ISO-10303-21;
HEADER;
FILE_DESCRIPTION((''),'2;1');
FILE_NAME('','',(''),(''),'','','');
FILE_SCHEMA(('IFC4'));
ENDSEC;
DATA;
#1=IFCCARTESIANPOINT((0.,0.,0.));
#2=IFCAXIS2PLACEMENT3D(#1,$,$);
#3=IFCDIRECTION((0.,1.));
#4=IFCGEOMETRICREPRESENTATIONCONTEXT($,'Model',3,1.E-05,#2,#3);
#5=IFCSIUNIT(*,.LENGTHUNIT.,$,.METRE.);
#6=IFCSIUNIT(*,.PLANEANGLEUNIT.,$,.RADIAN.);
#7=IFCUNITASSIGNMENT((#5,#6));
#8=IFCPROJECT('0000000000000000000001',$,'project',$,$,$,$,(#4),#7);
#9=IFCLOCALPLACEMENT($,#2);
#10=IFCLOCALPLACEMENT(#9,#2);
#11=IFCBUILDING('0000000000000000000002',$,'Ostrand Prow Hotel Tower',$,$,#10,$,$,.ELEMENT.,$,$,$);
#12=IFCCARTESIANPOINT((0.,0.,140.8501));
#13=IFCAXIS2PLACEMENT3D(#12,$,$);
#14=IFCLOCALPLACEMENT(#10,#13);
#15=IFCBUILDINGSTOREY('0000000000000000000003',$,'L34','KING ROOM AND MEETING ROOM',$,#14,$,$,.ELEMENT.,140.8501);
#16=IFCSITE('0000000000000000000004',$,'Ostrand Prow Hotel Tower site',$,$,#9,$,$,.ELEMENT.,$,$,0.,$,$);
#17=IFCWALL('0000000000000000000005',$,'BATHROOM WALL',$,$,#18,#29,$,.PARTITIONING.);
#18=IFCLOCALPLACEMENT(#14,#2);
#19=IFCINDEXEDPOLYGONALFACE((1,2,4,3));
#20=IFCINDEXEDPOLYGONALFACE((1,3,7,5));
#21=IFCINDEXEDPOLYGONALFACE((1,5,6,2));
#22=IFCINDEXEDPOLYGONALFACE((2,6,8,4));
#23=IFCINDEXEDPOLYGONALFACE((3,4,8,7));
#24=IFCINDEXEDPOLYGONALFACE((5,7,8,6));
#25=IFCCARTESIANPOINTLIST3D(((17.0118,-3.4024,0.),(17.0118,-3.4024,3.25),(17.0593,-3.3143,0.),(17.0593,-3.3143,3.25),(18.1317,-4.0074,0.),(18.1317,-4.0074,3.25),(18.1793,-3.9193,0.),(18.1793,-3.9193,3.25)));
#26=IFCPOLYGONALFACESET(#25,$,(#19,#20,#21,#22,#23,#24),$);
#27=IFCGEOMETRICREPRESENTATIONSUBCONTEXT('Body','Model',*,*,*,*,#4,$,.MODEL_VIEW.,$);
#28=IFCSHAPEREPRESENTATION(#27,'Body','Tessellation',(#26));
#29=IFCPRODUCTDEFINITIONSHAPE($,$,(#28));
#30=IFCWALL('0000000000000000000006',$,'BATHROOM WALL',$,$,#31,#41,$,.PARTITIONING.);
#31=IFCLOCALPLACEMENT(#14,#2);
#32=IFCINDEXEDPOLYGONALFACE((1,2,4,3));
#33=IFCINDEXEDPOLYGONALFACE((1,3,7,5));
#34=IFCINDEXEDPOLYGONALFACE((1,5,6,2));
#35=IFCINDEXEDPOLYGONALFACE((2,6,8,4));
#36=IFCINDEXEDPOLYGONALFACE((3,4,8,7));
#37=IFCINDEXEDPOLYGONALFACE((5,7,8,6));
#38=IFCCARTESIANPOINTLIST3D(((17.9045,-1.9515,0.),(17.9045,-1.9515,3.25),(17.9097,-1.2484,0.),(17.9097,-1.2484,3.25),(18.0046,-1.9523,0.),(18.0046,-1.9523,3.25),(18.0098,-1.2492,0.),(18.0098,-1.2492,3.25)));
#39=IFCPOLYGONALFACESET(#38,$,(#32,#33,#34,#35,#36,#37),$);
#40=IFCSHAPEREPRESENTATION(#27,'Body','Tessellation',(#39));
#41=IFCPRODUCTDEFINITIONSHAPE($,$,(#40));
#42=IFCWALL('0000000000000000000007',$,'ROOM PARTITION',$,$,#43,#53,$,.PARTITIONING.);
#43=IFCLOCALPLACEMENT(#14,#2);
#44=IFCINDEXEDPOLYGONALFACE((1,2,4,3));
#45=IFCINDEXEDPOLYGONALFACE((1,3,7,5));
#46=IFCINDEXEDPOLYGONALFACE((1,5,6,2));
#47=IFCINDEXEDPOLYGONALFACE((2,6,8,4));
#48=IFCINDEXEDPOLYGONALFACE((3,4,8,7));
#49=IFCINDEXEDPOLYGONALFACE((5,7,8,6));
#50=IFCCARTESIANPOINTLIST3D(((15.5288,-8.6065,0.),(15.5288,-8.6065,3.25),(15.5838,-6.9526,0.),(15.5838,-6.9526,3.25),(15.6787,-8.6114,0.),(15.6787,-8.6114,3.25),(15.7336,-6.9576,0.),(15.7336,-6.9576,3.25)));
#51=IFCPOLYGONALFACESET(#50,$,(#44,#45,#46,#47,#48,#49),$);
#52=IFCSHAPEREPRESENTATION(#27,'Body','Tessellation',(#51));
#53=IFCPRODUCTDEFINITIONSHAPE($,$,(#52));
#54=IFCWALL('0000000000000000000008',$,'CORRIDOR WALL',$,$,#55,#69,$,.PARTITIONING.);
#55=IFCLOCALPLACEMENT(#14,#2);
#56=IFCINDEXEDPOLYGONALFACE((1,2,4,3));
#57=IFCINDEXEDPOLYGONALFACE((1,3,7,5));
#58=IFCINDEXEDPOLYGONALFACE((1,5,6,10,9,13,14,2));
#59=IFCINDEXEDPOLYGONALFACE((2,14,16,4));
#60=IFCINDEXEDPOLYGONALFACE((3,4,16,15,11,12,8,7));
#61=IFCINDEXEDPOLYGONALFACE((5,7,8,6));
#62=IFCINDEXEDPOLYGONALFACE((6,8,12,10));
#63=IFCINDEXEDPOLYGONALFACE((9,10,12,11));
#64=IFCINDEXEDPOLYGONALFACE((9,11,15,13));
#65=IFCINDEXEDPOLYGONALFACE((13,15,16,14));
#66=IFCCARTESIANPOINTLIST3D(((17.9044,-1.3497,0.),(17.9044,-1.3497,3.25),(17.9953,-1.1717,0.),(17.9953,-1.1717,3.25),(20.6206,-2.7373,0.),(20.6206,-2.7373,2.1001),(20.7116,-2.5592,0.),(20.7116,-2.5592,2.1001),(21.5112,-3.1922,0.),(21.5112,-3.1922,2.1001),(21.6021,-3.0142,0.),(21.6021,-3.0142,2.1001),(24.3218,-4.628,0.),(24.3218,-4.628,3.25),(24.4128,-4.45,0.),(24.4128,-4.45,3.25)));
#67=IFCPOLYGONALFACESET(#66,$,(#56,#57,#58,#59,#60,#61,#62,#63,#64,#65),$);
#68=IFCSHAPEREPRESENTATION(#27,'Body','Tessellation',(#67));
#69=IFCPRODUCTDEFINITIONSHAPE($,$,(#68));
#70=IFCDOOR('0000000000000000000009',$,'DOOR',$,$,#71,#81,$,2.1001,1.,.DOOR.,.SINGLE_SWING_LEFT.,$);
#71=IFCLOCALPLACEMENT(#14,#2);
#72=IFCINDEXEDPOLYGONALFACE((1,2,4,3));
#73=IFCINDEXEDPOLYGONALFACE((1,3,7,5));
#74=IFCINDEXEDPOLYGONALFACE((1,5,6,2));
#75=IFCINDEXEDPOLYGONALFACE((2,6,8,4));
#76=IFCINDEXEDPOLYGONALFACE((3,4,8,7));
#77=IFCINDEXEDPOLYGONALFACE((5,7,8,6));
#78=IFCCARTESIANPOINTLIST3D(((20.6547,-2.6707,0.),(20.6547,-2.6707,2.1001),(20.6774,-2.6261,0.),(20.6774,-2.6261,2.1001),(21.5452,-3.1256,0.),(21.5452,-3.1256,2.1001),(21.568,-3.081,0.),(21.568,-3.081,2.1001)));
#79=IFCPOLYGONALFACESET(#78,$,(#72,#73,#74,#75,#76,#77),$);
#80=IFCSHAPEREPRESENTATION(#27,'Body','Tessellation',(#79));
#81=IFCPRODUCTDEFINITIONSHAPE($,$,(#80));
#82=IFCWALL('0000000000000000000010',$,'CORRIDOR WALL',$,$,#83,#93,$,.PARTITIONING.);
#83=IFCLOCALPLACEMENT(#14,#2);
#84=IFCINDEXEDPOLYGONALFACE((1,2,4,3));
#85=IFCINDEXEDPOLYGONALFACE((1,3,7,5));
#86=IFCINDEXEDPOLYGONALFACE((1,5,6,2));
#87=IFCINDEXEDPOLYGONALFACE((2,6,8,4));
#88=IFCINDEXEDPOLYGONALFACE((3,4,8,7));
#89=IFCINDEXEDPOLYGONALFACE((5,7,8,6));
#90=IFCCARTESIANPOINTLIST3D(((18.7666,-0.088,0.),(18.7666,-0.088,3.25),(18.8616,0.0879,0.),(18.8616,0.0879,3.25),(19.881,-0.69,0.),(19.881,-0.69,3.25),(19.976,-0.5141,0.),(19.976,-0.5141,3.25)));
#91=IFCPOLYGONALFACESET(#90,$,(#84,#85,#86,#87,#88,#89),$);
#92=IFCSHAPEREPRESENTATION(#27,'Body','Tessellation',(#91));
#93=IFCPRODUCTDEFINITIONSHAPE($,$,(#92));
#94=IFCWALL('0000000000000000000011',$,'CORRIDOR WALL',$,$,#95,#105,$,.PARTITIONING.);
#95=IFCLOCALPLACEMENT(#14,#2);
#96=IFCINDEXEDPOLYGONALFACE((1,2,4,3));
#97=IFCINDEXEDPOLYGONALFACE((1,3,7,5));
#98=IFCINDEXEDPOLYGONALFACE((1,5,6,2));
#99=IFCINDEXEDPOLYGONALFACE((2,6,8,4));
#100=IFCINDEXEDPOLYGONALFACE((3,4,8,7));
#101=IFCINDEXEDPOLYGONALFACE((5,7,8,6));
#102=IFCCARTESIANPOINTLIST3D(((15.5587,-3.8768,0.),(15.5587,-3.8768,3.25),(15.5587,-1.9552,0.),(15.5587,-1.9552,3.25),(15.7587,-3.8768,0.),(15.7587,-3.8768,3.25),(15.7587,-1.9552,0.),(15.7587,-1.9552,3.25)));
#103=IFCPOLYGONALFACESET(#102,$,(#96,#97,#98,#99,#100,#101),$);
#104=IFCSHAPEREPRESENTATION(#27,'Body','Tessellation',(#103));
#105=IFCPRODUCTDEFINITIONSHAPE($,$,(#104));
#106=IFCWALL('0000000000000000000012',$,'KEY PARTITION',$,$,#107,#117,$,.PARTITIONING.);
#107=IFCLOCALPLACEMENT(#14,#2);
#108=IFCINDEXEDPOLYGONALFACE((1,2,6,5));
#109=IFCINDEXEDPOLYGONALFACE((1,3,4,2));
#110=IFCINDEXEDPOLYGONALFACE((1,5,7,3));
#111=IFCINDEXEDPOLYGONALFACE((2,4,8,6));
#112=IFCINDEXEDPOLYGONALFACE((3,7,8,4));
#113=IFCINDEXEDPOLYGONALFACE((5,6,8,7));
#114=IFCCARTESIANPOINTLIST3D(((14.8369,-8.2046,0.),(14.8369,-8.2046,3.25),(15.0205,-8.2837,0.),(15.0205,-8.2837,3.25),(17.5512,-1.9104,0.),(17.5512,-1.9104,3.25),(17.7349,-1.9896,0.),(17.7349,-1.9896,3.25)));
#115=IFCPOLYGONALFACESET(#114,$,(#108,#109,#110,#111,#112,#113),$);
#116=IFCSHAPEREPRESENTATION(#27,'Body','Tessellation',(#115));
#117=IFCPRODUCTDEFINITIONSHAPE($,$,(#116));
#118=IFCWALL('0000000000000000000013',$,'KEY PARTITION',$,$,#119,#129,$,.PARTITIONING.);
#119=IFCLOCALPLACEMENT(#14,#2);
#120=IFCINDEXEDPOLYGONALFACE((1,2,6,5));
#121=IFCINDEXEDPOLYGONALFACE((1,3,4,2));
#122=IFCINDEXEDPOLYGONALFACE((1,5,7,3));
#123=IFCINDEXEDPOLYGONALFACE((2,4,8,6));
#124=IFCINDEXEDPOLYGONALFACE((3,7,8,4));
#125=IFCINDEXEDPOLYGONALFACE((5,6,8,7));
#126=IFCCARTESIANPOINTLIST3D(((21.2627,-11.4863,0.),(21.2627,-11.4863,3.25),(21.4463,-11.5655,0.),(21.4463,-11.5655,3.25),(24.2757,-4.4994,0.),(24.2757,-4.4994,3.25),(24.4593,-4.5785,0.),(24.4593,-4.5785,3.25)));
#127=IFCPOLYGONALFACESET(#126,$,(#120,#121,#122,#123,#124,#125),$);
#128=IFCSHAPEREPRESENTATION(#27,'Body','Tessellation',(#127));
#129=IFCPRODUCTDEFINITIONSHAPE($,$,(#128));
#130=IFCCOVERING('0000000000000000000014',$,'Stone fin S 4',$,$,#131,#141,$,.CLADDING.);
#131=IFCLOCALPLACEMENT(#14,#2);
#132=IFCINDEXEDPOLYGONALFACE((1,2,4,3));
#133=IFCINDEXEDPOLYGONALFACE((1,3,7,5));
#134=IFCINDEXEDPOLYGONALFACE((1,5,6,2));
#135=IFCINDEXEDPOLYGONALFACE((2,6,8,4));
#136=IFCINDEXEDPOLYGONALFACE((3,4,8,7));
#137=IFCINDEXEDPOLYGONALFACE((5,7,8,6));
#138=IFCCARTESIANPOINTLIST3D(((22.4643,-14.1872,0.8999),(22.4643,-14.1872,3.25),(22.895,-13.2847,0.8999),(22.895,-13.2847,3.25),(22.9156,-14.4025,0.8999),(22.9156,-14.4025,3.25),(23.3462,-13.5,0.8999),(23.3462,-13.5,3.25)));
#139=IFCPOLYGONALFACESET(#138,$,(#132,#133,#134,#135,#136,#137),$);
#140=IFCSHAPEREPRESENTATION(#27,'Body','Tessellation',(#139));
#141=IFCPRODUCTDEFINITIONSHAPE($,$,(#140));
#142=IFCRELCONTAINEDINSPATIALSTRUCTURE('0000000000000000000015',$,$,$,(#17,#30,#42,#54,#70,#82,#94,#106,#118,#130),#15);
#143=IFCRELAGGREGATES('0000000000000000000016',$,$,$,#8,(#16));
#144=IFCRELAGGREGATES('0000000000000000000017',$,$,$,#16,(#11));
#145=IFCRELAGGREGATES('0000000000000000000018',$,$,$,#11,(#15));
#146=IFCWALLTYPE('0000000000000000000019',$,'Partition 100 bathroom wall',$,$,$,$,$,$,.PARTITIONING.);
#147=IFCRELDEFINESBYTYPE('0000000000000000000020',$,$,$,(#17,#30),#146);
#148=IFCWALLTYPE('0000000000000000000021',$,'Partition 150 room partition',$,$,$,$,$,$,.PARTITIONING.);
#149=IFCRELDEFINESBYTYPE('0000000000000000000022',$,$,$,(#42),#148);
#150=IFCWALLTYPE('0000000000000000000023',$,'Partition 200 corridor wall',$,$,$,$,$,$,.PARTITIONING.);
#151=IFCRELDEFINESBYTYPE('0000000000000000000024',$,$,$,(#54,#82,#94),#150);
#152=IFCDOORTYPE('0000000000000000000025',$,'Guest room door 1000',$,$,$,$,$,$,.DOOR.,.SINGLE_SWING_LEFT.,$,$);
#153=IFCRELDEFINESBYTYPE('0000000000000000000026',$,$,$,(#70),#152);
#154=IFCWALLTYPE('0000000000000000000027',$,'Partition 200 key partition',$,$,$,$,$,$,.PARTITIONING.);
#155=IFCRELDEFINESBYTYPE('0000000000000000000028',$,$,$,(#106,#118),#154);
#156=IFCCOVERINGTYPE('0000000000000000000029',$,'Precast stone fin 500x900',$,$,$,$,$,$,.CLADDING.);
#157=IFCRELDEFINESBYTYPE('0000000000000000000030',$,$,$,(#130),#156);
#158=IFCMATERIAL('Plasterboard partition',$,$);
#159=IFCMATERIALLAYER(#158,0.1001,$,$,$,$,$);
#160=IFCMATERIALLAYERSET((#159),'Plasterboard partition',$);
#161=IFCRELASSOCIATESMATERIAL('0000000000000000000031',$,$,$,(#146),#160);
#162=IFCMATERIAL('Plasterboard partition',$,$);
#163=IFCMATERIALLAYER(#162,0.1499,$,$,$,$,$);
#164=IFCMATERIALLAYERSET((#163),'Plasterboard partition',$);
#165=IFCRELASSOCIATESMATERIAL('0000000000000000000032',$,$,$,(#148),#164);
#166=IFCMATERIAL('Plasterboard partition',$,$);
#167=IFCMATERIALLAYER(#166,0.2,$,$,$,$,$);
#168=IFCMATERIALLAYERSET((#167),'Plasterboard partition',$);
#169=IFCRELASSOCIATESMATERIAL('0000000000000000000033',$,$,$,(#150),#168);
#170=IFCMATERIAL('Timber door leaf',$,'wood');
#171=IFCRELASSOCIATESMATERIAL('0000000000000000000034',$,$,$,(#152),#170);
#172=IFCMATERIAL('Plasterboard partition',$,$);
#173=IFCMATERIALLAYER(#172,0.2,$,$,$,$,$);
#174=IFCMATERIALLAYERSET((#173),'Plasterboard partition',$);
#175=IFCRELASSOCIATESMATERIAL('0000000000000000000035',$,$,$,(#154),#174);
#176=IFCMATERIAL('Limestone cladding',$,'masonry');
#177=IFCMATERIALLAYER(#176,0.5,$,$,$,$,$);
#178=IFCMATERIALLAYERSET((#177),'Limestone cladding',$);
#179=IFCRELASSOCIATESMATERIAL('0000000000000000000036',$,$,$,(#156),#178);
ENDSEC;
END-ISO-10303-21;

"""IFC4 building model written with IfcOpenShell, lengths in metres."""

from ifc_helpers import new_model, si_unit, direction, frame, frame_2d, origin, place, context, subcontext, project, spatial, rectangle, extrude, material, layer, layer_set, type_object, element, fill, save


model = new_model("IFC4")

# Units and contexts
model_context = context("Model", 3, precision=1e-05, world=origin(), true_north=direction((0.0, 1.0)))
body_context = subcontext(model_context, "Body", "Model", "MODEL_VIEW")
ifc_project = project(units=[si_unit("LENGTHUNIT", "METRE"), si_unit("PLANEANGLEUNIT", "RADIAN")], contexts=[model_context])

# Site, building, storey
site_placement = place(None, origin())
site = spatial("IfcSite", under=ifc_project, at=site_placement, Name="Ostrand Prow Hotel Tower site", CompositionType="ELEMENT", RefElevation=0.0)
building_placement = place(site_placement, origin())
building = spatial("IfcBuilding", under=site, at=building_placement, Name="Ostrand Prow Hotel Tower", CompositionType="ELEMENT")
storey_placement = place(building_placement, frame((0.0, 0.0, 140.8501)))
storey = spatial("IfcBuildingStorey", under=building, at=storey_placement, Name="L34", Description="KING ROOM AND MEETING ROOM", CompositionType="ELEMENT", Elevation=140.8501)

# Shared definitions
ifc_material_1 = material(Name="Plasterboard partition")
ifc_layer_1 = layer(ifc_material_1, 0.1001)
ifc_layer_set_1 = layer_set([ifc_layer_1], Name="Plasterboard partition")
wall_type_1 = type_object("IfcWallType", Name="Partition 100 bathroom wall", PredefinedType="PARTITIONING", material=ifc_layer_set_1)

# Walls
wall_1_placement = place(storey_placement, frame((18.1555, -3.9634, 0.0), z_axis=(0.0, 0.0, 1.0), x_axis=(-0.879824, 0.4753, 0.0)))
element("IfcWall", 1, at=wall_1_placement, inside=storey, type_object=wall_type_1, Name="BATHROOM WALL", PredefinedType="PARTITIONING", context=body_context, shape_type="SweptSolid", body=[
    extrude(rectangle(XDim=1.2729, YDim=0.1001, at=frame_2d((0.6365, 0.0))), origin(), (0.0, 0.0, 1.0), 3.25),
])
wall_2_placement = place(storey_placement, frame((17.9546, -1.9519, 0.0), z_axis=(0.0, 0.0, 1.0), x_axis=(0.007291, 0.999973, 0.0)))
element("IfcWall", 2, at=wall_2_placement, inside=storey, type_object=wall_type_1, Name="BATHROOM WALL", PredefinedType="PARTITIONING", context=body_context, shape_type="SweptSolid", body=[
    extrude(rectangle(XDim=0.7031, YDim=0.1001, at=frame_2d((0.3516, 0.0))), origin(), (0.0, 0.0, 1.0), 3.25),
])
ifc_material_2 = material(Name="Plasterboard partition")
ifc_layer_2 = layer(ifc_material_2, 0.1499)
ifc_layer_set_2 = layer_set([ifc_layer_2], Name="Plasterboard partition")
wall_type_2 = type_object("IfcWallType", Name="Partition 150 room partition", PredefinedType="PARTITIONING", material=ifc_layer_set_2)
wall_3_placement = place(storey_placement, frame((15.6587, -6.9551, 0.0), z_axis=(0.0, 0.0, 1.0), x_axis=(-0.033197, -0.999449, 0.0)))
element("IfcWall", 3, at=wall_3_placement, inside=storey, type_object=wall_type_2, Name="ROOM PARTITION", PredefinedType="PARTITIONING", context=body_context, shape_type="SweptSolid", body=[
    extrude(rectangle(XDim=1.6548, YDim=0.1499, at=frame_2d((0.8274, 0.0))), origin(), (0.0, 0.0, 1.0), 3.25),
])

# Wall, opening, door
ifc_material_3 = material(Name="Plasterboard partition")
ifc_layer_3 = layer(ifc_material_3, 0.2)
ifc_layer_set_3 = layer_set([ifc_layer_3], Name="Plasterboard partition")
wall_type_3 = type_object("IfcWallType", Name="Partition 200 corridor wall", PredefinedType="PARTITIONING", material=ifc_layer_set_3)
wall_4_placement = place(storey_placement, frame((17.95, -1.2607, 0.0), z_axis=(0.0, 0.0, 1.0), x_axis=(0.890532, -0.454921, 0.0)))
wall_4 = element("IfcWall", 4, at=wall_4_placement, inside=storey, type_object=wall_type_3, Name="CORRIDOR WALL", PredefinedType="PARTITIONING", context=body_context, shape_type="SweptSolid", body=[
    extrude(rectangle(XDim=7.2063, YDim=0.2, at=frame_2d((3.603, 0.0))), origin(), (0.0, 0.0, 1.0), 3.25),
])
opening_1_placement = place(wall_4_placement, frame((3.05, 0.0, 0.0)))
opening_1 = element("IfcOpeningElement", 5, at=opening_1_placement, cuts=wall_4, PredefinedType="OPENING", context=body_context, shape_type="SweptSolid", body=[
    extrude(rectangle(XDim=1.0, YDim=2.1001, at=frame_2d((0.5, 1.05))), frame((0.0, 0.1099, 0.0), z_axis=(0.0, -1.0, 0.0), x_axis=(1.0, 0.0, 0.0)), (0.0, 0.0, 1.0), 0.22),
])
ifc_material_4 = material(Name="Timber door leaf", Category="wood")
door_type_1 = type_object("IfcDoorType", Name="Guest room door 1000", OperationType="SINGLE_SWING_LEFT", PredefinedType="DOOR", material=ifc_material_4)
door_1_placement = place(opening_1_placement, origin())
door_1 = element("IfcDoor", 6, at=door_1_placement, inside=storey, type_object=door_type_1, Name="DOOR", OperationType="SINGLE_SWING_LEFT", OverallHeight=2.1001, OverallWidth=1.0, PredefinedType="DOOR", context=body_context, shape_type="SweptSolid", body=[
    extrude(rectangle(XDim=1.0, YDim=2.1001, at=frame_2d((0.5, 1.05))), frame((0.0, 0.0249, 0.0), z_axis=(0.0, -1.0, 0.0), x_axis=(1.0, 0.0, 0.0)), (0.0, 0.0, 1.0), 0.05),
])
fill(opening_1, door_1)

# Walls
wall_5_placement = place(storey_placement, frame((19.9285, -0.6021, 0.0), z_axis=(0.0, 0.0, 1.0), x_axis=(-0.879833, 0.475283, 0.0)))
element("IfcWall", 7, at=wall_5_placement, inside=storey, type_object=wall_type_3, Name="CORRIDOR WALL", PredefinedType="PARTITIONING", context=body_context, shape_type="SweptSolid", body=[
    extrude(rectangle(XDim=1.2666, YDim=0.2, at=frame_2d((0.6333, 0.0))), origin(), (0.0, 0.0, 1.0), 3.25),
])
wall_6_placement = place(storey_placement, frame((15.6587, -1.9551, 0.0), z_axis=(0.0, 0.0, 1.0), x_axis=(0.0, -1.0, 0.0)))
element("IfcWall", 8, at=wall_6_placement, inside=storey, type_object=wall_type_3, Name="CORRIDOR WALL", PredefinedType="PARTITIONING", context=body_context, shape_type="SweptSolid", body=[
    extrude(rectangle(XDim=1.9216, YDim=0.2, at=frame_2d((0.9609, 0.0))), origin(), (0.0, 0.0, 1.0), 3.25),
])
ifc_material_5 = material(Name="Plasterboard partition")
ifc_layer_4 = layer(ifc_material_5, 0.2)
ifc_layer_set_4 = layer_set([ifc_layer_4], Name="Plasterboard partition")
wall_type_4 = type_object("IfcWallType", Name="Partition 200 key partition", PredefinedType="PARTITIONING", material=ifc_layer_set_4)
wall_7_placement = place(storey_placement, frame((14.9287, -8.2441, 0.0), z_axis=(0.0, 0.0, 1.0), x_axis=(0.395995, 0.918253, 0.0)))
element("IfcWall", 9, at=wall_7_placement, inside=storey, type_object=wall_type_4, Name="KEY PARTITION", PredefinedType="PARTITIONING", context=body_context, shape_type="SweptSolid", body=[
    extrude(rectangle(XDim=6.8545, YDim=0.2, at=frame_2d((3.4272, 0.0))), origin(), (0.0, 0.0, 1.0), 3.25),
])
wall_8_placement = place(storey_placement, frame((21.3545, -11.5259, 0.0), z_axis=(0.0, 0.0, 1.0), x_axis=(0.395982, 0.918258, 0.0)))
element("IfcWall", 10, at=wall_8_placement, inside=storey, type_object=wall_type_4, Name="KEY PARTITION", PredefinedType="PARTITIONING", context=body_context, shape_type="SweptSolid", body=[
    extrude(rectangle(XDim=7.6089, YDim=0.2, at=frame_2d((3.8044, 0.0))), origin(), (0.0, 0.0, 1.0), 3.25),
])

# Covering
ifc_material_6 = material(Name="Limestone cladding", Category="masonry")
ifc_layer_5 = layer(ifc_material_6, 0.5)
ifc_layer_set_5 = layer_set([ifc_layer_5], Name="Limestone cladding")
covering_type = type_object("IfcCoveringType", Name="Precast stone fin 500x900", PredefinedType="CLADDING", material=ifc_layer_set_5)
covering_placement = place(storey_placement, frame((23.1206, -13.3923, 0.8999), z_axis=(0.0, 0.0, 1.0), x_axis=(-0.430635, -0.902526, 0.0)))
element("IfcCovering", 11, at=covering_placement, inside=storey, type_object=covering_type, Name="Stone fin S 4", PredefinedType="CLADDING", context=body_context, shape_type="SweptSolid", body=[
    extrude(rectangle(XDim=1.0, YDim=0.5, at=frame_2d((0.5, 0.0))), origin(), (0.0, 0.0, 1.0), 2.3501),
])

save(model, "model.ifc")
